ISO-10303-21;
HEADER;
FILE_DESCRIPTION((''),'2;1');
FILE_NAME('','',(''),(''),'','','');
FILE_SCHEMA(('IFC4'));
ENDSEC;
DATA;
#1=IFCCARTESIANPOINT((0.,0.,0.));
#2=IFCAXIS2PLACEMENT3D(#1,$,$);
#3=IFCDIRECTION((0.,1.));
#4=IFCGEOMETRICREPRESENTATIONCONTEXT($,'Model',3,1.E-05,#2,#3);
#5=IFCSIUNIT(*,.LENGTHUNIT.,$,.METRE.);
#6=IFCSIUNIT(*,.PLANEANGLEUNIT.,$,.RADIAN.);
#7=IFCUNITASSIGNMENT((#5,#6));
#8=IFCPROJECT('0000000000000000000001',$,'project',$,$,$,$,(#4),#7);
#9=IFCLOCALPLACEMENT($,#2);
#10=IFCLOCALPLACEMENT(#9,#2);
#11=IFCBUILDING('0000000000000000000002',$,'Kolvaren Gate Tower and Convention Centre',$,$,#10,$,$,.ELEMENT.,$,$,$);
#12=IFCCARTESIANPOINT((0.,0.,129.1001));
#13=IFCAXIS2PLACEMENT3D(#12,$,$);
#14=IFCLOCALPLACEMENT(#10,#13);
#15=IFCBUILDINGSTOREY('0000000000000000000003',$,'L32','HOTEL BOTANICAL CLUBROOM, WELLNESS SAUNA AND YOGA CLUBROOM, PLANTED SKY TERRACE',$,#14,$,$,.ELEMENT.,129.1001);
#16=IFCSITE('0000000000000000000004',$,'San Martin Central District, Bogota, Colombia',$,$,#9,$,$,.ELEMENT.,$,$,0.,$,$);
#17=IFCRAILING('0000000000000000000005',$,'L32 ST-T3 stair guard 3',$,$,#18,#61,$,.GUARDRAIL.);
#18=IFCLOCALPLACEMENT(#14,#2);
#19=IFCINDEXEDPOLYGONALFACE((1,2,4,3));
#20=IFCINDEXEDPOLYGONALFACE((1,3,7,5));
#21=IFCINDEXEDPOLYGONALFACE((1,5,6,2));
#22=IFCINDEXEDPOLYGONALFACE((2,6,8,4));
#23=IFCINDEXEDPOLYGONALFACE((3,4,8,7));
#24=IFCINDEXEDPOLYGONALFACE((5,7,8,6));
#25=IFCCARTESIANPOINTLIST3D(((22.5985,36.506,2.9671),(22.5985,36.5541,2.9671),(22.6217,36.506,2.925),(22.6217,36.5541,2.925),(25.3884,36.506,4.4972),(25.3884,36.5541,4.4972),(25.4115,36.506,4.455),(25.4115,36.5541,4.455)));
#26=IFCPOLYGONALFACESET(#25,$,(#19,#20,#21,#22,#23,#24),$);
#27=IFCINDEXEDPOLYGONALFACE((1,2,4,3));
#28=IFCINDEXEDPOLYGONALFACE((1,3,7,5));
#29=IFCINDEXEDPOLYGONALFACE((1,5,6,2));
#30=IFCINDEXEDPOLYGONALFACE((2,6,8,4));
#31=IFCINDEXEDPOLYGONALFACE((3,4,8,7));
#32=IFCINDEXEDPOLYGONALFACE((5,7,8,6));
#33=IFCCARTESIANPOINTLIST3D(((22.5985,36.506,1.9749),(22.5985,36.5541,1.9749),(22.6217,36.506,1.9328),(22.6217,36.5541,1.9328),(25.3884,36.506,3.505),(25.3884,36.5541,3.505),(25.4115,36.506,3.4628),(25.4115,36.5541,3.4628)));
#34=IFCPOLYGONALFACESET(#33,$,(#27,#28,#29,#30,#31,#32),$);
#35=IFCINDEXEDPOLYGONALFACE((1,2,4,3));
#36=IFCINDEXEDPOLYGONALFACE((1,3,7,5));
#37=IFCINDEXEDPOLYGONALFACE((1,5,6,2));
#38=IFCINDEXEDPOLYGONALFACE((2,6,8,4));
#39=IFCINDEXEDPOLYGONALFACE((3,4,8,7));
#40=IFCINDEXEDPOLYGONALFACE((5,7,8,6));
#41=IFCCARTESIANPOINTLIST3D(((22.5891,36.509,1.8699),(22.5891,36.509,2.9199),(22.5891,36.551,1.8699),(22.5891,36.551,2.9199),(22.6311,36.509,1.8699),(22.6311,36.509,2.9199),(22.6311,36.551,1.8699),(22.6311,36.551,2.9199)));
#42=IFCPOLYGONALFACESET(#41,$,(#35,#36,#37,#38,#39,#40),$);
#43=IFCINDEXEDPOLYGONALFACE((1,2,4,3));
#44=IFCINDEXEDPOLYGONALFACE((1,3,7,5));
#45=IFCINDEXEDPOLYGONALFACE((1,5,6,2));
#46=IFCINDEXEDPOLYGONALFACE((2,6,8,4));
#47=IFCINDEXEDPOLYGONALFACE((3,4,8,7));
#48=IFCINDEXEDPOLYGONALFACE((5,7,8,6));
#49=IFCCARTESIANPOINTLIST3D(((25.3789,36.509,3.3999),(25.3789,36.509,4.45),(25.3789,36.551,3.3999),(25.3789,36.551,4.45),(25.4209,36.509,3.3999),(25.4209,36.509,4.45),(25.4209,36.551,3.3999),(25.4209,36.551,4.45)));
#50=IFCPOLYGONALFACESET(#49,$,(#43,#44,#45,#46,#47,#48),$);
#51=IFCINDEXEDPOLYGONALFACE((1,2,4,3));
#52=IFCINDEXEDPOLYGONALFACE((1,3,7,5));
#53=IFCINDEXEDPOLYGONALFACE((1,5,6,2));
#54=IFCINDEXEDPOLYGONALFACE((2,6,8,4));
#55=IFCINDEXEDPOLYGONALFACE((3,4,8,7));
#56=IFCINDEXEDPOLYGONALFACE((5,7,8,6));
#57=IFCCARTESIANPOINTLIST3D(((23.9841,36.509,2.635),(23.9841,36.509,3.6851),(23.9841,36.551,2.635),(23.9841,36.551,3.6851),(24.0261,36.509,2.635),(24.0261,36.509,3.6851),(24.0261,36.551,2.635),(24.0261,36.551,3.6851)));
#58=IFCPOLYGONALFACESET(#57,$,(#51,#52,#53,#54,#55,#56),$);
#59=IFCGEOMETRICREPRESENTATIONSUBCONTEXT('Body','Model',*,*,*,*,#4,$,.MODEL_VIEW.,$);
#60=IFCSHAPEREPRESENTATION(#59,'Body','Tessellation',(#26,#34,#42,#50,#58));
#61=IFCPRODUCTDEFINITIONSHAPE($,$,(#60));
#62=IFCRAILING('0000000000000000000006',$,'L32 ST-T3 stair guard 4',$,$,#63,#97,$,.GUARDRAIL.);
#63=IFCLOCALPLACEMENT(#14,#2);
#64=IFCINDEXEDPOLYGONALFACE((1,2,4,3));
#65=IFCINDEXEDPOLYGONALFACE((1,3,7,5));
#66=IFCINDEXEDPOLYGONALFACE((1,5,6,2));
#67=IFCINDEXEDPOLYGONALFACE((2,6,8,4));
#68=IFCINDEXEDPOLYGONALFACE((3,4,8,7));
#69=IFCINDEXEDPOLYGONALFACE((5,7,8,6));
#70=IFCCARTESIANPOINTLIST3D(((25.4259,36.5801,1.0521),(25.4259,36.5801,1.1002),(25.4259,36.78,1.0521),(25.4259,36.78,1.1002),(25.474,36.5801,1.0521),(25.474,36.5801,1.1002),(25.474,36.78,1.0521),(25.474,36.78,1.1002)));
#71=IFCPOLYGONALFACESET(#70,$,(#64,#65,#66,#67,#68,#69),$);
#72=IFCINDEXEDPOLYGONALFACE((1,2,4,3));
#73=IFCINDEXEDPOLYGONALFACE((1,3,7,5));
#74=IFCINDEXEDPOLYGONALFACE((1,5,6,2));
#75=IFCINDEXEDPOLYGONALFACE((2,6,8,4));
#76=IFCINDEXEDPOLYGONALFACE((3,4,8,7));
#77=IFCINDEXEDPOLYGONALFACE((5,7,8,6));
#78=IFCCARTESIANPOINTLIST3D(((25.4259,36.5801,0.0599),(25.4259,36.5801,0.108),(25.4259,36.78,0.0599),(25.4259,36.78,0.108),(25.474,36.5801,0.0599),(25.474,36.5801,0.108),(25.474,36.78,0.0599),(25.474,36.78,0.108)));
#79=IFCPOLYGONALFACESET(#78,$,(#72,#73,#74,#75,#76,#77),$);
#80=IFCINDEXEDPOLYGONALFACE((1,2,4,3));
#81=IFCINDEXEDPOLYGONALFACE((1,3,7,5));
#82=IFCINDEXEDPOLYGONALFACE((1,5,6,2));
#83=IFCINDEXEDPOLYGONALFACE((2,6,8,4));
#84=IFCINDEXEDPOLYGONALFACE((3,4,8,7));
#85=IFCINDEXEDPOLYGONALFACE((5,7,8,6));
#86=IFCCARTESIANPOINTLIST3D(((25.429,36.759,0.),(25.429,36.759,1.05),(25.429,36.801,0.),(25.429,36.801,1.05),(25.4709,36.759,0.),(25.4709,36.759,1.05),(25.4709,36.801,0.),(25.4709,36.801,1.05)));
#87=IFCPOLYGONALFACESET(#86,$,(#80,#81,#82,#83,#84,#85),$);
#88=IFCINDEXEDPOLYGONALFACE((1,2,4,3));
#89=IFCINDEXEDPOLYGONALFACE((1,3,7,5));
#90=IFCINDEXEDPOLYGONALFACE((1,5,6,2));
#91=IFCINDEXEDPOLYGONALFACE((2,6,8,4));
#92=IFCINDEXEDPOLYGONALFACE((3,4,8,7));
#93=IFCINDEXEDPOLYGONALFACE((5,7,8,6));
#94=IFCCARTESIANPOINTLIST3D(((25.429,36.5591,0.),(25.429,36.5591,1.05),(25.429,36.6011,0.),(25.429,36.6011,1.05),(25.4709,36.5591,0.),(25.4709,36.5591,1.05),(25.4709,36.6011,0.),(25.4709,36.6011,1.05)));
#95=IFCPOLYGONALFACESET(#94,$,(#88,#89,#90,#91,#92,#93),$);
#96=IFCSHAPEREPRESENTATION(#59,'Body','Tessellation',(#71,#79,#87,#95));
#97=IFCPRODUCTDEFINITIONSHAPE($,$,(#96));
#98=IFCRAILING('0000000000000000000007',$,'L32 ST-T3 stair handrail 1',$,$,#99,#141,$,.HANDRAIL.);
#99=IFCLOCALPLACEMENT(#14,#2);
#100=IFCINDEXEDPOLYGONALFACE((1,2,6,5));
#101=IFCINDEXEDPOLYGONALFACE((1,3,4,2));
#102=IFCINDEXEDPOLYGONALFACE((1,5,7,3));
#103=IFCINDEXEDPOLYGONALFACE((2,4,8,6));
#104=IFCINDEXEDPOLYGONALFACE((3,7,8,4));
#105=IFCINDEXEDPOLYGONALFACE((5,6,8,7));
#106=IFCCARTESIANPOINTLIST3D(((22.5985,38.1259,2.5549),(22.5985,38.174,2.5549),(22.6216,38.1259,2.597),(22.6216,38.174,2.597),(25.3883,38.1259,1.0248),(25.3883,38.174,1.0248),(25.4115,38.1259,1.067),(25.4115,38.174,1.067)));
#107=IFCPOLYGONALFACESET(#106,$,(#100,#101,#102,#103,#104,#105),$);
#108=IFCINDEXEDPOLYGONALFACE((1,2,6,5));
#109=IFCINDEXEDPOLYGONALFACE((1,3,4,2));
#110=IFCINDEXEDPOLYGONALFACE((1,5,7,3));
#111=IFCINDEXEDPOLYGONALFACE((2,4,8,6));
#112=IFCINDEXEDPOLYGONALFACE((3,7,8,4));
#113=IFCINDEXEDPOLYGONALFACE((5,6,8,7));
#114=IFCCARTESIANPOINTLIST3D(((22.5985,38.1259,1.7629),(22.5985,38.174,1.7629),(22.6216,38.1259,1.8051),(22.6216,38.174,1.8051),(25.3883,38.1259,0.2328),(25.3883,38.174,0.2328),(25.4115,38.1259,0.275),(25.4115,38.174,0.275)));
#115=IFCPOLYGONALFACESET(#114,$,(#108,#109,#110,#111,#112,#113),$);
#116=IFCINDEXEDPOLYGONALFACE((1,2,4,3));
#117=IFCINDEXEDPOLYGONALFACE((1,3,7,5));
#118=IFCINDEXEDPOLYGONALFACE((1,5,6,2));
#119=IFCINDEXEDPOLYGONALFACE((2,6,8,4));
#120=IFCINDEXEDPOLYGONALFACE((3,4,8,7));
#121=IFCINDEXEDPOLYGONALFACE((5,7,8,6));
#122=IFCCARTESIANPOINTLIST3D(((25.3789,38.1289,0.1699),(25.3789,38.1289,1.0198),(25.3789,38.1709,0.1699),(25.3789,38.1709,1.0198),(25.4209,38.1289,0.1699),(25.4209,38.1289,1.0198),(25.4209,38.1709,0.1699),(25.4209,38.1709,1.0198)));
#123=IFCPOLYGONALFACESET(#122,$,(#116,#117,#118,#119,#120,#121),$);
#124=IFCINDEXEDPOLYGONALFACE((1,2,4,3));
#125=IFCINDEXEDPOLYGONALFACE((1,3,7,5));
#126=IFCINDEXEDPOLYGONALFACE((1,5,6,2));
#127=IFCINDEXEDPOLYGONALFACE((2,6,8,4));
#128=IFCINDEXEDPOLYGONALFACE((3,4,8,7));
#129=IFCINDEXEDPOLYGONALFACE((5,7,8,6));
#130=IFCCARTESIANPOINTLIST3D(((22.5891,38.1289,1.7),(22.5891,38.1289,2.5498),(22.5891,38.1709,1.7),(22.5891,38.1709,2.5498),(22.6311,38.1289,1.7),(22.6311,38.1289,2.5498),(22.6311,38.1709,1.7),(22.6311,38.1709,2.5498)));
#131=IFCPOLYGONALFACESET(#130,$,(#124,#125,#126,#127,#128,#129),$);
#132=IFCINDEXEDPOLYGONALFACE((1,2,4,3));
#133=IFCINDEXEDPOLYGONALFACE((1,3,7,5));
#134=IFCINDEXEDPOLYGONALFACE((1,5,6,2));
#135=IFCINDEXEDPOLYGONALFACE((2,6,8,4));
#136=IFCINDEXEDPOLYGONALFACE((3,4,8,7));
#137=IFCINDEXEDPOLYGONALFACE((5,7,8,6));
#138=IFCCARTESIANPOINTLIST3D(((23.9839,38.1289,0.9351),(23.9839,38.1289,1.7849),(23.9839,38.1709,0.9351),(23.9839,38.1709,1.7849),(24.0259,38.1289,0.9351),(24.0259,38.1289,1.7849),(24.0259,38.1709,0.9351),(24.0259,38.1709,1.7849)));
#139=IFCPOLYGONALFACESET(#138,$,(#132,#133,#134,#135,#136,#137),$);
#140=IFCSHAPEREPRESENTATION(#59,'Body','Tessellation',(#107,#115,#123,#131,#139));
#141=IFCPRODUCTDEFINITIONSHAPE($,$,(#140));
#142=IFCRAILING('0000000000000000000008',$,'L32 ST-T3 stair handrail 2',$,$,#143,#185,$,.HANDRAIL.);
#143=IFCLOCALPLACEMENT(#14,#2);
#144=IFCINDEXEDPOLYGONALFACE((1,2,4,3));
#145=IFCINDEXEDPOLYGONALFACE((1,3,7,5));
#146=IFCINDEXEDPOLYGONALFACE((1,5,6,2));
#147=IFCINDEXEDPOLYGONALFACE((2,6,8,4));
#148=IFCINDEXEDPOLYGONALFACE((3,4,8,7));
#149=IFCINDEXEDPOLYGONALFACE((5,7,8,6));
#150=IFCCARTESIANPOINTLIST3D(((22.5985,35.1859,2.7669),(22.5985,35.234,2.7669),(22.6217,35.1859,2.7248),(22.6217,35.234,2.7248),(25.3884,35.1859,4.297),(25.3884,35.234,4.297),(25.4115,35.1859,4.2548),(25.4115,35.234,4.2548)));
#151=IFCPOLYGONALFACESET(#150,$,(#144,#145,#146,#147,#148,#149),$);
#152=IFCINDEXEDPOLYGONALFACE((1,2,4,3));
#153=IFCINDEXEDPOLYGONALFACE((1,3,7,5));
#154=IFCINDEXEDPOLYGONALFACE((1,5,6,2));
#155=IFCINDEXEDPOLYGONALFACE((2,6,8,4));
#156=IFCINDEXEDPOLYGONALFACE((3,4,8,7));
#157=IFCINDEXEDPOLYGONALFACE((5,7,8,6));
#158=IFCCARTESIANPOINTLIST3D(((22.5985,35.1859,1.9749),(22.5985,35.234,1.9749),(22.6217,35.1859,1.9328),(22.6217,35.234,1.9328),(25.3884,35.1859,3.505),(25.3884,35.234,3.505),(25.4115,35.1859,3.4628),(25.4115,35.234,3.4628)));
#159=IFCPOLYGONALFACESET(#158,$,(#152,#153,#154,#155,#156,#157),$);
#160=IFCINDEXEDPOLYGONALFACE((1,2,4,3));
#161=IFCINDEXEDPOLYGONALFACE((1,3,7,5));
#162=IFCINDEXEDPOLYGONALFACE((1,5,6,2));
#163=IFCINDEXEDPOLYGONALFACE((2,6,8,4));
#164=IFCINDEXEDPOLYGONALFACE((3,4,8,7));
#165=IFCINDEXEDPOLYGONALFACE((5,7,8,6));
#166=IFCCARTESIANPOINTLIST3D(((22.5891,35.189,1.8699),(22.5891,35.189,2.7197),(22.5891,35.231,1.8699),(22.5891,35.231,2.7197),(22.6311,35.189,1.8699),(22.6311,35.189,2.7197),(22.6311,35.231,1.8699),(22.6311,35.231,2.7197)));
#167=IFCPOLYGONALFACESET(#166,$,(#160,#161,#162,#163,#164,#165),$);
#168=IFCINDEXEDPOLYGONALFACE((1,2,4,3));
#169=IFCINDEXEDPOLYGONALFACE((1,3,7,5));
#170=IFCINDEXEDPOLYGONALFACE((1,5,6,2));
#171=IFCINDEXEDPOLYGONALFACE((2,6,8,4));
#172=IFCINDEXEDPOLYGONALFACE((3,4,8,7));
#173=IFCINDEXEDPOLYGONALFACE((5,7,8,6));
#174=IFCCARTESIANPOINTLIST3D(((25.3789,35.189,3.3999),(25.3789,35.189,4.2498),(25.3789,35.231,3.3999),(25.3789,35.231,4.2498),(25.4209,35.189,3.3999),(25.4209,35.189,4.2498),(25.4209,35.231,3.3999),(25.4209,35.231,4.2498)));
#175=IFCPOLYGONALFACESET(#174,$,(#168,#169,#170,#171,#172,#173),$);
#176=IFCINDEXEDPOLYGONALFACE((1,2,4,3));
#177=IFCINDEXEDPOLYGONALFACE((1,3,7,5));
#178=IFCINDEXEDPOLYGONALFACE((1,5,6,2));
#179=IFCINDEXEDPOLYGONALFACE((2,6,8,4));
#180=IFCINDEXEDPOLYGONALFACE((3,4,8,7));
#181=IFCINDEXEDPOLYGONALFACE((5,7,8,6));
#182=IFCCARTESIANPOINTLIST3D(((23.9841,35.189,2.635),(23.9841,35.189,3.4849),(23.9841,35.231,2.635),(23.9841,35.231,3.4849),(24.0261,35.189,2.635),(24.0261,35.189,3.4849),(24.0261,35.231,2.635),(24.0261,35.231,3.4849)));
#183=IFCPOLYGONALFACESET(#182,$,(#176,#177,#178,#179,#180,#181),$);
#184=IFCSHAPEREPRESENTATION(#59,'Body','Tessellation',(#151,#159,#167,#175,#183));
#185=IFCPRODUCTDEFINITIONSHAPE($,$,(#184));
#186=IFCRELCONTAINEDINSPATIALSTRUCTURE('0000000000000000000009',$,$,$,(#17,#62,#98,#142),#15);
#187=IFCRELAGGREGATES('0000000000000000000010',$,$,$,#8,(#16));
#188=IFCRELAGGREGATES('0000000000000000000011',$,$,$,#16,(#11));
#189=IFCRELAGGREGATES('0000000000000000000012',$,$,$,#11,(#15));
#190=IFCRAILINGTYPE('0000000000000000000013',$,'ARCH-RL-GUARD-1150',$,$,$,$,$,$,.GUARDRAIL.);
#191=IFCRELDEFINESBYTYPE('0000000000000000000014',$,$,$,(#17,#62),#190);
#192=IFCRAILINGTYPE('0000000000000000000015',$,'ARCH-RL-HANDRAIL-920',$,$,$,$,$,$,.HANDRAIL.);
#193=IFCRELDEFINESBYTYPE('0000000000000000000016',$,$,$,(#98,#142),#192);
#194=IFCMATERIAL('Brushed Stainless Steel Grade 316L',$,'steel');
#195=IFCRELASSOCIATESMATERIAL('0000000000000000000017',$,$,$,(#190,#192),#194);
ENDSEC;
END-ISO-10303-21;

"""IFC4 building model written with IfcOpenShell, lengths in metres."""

from ifc_helpers import new_model, si_unit, direction, frame, origin, origin_2d, place, context, subcontext, project, spatial, rectangle, extrude, material, type_object, element, save


model = new_model("IFC4")

# Units and contexts
model_context = context("Model", 3, precision=1e-05, world=origin(), true_north=direction((0.0, 1.0)))
body_context = subcontext(model_context, "Body", "Model", "MODEL_VIEW")
ifc_project = project(units=[si_unit("LENGTHUNIT", "METRE"), si_unit("PLANEANGLEUNIT", "RADIAN")], contexts=[model_context])

# Site, building, storey
site_placement = place(None, origin())
site = spatial("IfcSite", under=ifc_project, at=site_placement, Name="San Martin Central District, Bogota, Colombia", CompositionType="ELEMENT", RefElevation=0.0)
building_placement = place(site_placement, origin())
building = spatial("IfcBuilding", under=site, at=building_placement, Name="Kolvaren Gate Tower and Convention Centre", CompositionType="ELEMENT")
storey_placement = place(building_placement, frame((0.0, 0.0, 129.1001)))
storey = spatial("IfcBuildingStorey", under=building, at=storey_placement, Name="L32", Description="HOTEL BOTANICAL CLUBROOM, WELLNESS SAUNA AND YOGA CLUBROOM, PLANTED SKY TERRACE", CompositionType="ELEMENT", Elevation=129.1001)

# Railings
ifc_material_1 = material(Name="Brushed Stainless Steel Grade 316L", Category="steel")
railing_type_1 = type_object("IfcRailingType", Name="ARCH-RL-GUARD-1150", PredefinedType="GUARDRAIL", material=ifc_material_1)
railing_1_placement = place(storey_placement, frame((22.6101, 36.53, 1.8699)))
element("IfcRailing", 1, at=railing_1_placement, inside=storey, type_object=railing_type_1, Name="L32 ST-T3 stair guard 3", PredefinedType="GUARDRAIL", context=body_context, shape_type="SweptSolid", body=[
    extrude(rectangle(XDim=0.0481, YDim=0.0481, at=origin_2d()), frame((0.0, 0.0, 1.0762), z_axis=(0.876794, 0.0, 0.480867), x_axis=(0.0, 1.0, 0.0)), (0.0, 0.0, 1.0), 3.1819),
    extrude(rectangle(XDim=0.0481, YDim=0.0481, at=origin_2d()), frame((0.0, 0.0, 0.084), z_axis=(0.876794, 0.0, 0.480867), x_axis=(0.0, 1.0, 0.0)), (0.0, 0.0, 1.0), 3.1819),
    extrude(rectangle(XDim=0.042, YDim=0.042, at=origin_2d()), origin(), (0.0, 0.0, 1.0), 1.05),
    extrude(rectangle(XDim=0.042, YDim=0.042, at=origin_2d()), frame((2.7898, 0.0, 1.53)), (0.0, 0.0, 1.0), 1.05),
    extrude(rectangle(XDim=0.042, YDim=0.042, at=origin_2d()), frame((1.395, 0.0, 0.7651)), (0.0, 0.0, 1.0), 1.05),
])
railing_2_placement = place(storey_placement, frame((25.45, 36.78, 0.0)))
element("IfcRailing", 2, at=railing_2_placement, inside=storey, type_object=railing_type_1, Name="L32 ST-T3 stair guard 4", PredefinedType="GUARDRAIL", context=body_context, shape_type="SweptSolid", body=[
    extrude(rectangle(XDim=0.0481, YDim=0.0481, at=origin_2d()), frame((0.0, 0.0, 1.0762), z_axis=(0.0, -1.0, 0.0), x_axis=(1.0, 0.0, 0.0)), (0.0, 0.0, 1.0), 0.2),
    extrude(rectangle(XDim=0.0481, YDim=0.0481, at=origin_2d()), frame((0.0, 0.0, 0.084), z_axis=(0.0, -1.0, 0.0), x_axis=(1.0, 0.0, 0.0)), (0.0, 0.0, 1.0), 0.2),
    extrude(rectangle(XDim=0.042, YDim=0.042, at=origin_2d()), origin(), (0.0, 0.0, 1.0), 1.05),
    extrude(rectangle(XDim=0.042, YDim=0.042, at=origin_2d()), frame((0.0, -0.2, 0.0)), (0.0, 0.0, 1.0), 1.05),
])
railing_type_2 = type_object("IfcRailingType", Name="ARCH-RL-HANDRAIL-920", PredefinedType="HANDRAIL", material=ifc_material_1)
railing_3_placement = place(storey_placement, frame((25.3999, 38.1499, 0.1699)))
element("IfcRailing", 3, at=railing_3_placement, inside=storey, type_object=railing_type_2, Name="L32 ST-T3 stair handrail 1", PredefinedType="HANDRAIL", context=body_context, shape_type="SweptSolid", body=[
    extrude(rectangle(XDim=0.0481, YDim=0.0481, at=origin_2d()), frame((0.0, 0.0, 0.876), z_axis=(-0.876794, 0.0, 0.480867), x_axis=(0.0, -1.0, 0.0)), (0.0, 0.0, 1.0), 3.1819),
    extrude(rectangle(XDim=0.0481, YDim=0.0481, at=origin_2d()), frame((0.0, 0.0, 0.084), z_axis=(-0.876794, 0.0, 0.480867), x_axis=(0.0, -1.0, 0.0)), (0.0, 0.0, 1.0), 3.1819),
    extrude(rectangle(XDim=0.042, YDim=0.042, at=origin_2d()), origin(), (0.0, 0.0, 1.0), 0.8499),
    extrude(rectangle(XDim=0.042, YDim=0.042, at=origin_2d()), frame((-2.7898, 0.0, 1.53)), (0.0, 0.0, 1.0), 0.8499),
    extrude(rectangle(XDim=0.042, YDim=0.042, at=origin_2d()), frame((-1.395, 0.0, 0.7651)), (0.0, 0.0, 1.0), 0.8499),
])
railing_4_placement = place(storey_placement, frame((22.6101, 35.21, 1.8699)))
element("IfcRailing", 4, at=railing_4_placement, inside=storey, type_object=railing_type_2, Name="L32 ST-T3 stair handrail 2", PredefinedType="HANDRAIL", context=body_context, shape_type="SweptSolid", body=[
    extrude(rectangle(XDim=0.0481, YDim=0.0481, at=origin_2d()), frame((0.0, 0.0, 0.876), z_axis=(0.876794, 0.0, 0.480867), x_axis=(0.0, 1.0, 0.0)), (0.0, 0.0, 1.0), 3.1819),
    extrude(rectangle(XDim=0.0481, YDim=0.0481, at=origin_2d()), frame((0.0, 0.0, 0.084), z_axis=(0.876794, 0.0, 0.480867), x_axis=(0.0, 1.0, 0.0)), (0.0, 0.0, 1.0), 3.1819),
    extrude(rectangle(XDim=0.042, YDim=0.042, at=origin_2d()), origin(), (0.0, 0.0, 1.0), 0.8499),
    extrude(rectangle(XDim=0.042, YDim=0.042, at=origin_2d()), frame((2.7898, 0.0, 1.53)), (0.0, 0.0, 1.0), 0.8499),
    extrude(rectangle(XDim=0.042, YDim=0.042, at=origin_2d()), frame((1.395, 0.0, 0.7651)), (0.0, 0.0, 1.0), 0.8499),
])

save(model, "model.ifc")
